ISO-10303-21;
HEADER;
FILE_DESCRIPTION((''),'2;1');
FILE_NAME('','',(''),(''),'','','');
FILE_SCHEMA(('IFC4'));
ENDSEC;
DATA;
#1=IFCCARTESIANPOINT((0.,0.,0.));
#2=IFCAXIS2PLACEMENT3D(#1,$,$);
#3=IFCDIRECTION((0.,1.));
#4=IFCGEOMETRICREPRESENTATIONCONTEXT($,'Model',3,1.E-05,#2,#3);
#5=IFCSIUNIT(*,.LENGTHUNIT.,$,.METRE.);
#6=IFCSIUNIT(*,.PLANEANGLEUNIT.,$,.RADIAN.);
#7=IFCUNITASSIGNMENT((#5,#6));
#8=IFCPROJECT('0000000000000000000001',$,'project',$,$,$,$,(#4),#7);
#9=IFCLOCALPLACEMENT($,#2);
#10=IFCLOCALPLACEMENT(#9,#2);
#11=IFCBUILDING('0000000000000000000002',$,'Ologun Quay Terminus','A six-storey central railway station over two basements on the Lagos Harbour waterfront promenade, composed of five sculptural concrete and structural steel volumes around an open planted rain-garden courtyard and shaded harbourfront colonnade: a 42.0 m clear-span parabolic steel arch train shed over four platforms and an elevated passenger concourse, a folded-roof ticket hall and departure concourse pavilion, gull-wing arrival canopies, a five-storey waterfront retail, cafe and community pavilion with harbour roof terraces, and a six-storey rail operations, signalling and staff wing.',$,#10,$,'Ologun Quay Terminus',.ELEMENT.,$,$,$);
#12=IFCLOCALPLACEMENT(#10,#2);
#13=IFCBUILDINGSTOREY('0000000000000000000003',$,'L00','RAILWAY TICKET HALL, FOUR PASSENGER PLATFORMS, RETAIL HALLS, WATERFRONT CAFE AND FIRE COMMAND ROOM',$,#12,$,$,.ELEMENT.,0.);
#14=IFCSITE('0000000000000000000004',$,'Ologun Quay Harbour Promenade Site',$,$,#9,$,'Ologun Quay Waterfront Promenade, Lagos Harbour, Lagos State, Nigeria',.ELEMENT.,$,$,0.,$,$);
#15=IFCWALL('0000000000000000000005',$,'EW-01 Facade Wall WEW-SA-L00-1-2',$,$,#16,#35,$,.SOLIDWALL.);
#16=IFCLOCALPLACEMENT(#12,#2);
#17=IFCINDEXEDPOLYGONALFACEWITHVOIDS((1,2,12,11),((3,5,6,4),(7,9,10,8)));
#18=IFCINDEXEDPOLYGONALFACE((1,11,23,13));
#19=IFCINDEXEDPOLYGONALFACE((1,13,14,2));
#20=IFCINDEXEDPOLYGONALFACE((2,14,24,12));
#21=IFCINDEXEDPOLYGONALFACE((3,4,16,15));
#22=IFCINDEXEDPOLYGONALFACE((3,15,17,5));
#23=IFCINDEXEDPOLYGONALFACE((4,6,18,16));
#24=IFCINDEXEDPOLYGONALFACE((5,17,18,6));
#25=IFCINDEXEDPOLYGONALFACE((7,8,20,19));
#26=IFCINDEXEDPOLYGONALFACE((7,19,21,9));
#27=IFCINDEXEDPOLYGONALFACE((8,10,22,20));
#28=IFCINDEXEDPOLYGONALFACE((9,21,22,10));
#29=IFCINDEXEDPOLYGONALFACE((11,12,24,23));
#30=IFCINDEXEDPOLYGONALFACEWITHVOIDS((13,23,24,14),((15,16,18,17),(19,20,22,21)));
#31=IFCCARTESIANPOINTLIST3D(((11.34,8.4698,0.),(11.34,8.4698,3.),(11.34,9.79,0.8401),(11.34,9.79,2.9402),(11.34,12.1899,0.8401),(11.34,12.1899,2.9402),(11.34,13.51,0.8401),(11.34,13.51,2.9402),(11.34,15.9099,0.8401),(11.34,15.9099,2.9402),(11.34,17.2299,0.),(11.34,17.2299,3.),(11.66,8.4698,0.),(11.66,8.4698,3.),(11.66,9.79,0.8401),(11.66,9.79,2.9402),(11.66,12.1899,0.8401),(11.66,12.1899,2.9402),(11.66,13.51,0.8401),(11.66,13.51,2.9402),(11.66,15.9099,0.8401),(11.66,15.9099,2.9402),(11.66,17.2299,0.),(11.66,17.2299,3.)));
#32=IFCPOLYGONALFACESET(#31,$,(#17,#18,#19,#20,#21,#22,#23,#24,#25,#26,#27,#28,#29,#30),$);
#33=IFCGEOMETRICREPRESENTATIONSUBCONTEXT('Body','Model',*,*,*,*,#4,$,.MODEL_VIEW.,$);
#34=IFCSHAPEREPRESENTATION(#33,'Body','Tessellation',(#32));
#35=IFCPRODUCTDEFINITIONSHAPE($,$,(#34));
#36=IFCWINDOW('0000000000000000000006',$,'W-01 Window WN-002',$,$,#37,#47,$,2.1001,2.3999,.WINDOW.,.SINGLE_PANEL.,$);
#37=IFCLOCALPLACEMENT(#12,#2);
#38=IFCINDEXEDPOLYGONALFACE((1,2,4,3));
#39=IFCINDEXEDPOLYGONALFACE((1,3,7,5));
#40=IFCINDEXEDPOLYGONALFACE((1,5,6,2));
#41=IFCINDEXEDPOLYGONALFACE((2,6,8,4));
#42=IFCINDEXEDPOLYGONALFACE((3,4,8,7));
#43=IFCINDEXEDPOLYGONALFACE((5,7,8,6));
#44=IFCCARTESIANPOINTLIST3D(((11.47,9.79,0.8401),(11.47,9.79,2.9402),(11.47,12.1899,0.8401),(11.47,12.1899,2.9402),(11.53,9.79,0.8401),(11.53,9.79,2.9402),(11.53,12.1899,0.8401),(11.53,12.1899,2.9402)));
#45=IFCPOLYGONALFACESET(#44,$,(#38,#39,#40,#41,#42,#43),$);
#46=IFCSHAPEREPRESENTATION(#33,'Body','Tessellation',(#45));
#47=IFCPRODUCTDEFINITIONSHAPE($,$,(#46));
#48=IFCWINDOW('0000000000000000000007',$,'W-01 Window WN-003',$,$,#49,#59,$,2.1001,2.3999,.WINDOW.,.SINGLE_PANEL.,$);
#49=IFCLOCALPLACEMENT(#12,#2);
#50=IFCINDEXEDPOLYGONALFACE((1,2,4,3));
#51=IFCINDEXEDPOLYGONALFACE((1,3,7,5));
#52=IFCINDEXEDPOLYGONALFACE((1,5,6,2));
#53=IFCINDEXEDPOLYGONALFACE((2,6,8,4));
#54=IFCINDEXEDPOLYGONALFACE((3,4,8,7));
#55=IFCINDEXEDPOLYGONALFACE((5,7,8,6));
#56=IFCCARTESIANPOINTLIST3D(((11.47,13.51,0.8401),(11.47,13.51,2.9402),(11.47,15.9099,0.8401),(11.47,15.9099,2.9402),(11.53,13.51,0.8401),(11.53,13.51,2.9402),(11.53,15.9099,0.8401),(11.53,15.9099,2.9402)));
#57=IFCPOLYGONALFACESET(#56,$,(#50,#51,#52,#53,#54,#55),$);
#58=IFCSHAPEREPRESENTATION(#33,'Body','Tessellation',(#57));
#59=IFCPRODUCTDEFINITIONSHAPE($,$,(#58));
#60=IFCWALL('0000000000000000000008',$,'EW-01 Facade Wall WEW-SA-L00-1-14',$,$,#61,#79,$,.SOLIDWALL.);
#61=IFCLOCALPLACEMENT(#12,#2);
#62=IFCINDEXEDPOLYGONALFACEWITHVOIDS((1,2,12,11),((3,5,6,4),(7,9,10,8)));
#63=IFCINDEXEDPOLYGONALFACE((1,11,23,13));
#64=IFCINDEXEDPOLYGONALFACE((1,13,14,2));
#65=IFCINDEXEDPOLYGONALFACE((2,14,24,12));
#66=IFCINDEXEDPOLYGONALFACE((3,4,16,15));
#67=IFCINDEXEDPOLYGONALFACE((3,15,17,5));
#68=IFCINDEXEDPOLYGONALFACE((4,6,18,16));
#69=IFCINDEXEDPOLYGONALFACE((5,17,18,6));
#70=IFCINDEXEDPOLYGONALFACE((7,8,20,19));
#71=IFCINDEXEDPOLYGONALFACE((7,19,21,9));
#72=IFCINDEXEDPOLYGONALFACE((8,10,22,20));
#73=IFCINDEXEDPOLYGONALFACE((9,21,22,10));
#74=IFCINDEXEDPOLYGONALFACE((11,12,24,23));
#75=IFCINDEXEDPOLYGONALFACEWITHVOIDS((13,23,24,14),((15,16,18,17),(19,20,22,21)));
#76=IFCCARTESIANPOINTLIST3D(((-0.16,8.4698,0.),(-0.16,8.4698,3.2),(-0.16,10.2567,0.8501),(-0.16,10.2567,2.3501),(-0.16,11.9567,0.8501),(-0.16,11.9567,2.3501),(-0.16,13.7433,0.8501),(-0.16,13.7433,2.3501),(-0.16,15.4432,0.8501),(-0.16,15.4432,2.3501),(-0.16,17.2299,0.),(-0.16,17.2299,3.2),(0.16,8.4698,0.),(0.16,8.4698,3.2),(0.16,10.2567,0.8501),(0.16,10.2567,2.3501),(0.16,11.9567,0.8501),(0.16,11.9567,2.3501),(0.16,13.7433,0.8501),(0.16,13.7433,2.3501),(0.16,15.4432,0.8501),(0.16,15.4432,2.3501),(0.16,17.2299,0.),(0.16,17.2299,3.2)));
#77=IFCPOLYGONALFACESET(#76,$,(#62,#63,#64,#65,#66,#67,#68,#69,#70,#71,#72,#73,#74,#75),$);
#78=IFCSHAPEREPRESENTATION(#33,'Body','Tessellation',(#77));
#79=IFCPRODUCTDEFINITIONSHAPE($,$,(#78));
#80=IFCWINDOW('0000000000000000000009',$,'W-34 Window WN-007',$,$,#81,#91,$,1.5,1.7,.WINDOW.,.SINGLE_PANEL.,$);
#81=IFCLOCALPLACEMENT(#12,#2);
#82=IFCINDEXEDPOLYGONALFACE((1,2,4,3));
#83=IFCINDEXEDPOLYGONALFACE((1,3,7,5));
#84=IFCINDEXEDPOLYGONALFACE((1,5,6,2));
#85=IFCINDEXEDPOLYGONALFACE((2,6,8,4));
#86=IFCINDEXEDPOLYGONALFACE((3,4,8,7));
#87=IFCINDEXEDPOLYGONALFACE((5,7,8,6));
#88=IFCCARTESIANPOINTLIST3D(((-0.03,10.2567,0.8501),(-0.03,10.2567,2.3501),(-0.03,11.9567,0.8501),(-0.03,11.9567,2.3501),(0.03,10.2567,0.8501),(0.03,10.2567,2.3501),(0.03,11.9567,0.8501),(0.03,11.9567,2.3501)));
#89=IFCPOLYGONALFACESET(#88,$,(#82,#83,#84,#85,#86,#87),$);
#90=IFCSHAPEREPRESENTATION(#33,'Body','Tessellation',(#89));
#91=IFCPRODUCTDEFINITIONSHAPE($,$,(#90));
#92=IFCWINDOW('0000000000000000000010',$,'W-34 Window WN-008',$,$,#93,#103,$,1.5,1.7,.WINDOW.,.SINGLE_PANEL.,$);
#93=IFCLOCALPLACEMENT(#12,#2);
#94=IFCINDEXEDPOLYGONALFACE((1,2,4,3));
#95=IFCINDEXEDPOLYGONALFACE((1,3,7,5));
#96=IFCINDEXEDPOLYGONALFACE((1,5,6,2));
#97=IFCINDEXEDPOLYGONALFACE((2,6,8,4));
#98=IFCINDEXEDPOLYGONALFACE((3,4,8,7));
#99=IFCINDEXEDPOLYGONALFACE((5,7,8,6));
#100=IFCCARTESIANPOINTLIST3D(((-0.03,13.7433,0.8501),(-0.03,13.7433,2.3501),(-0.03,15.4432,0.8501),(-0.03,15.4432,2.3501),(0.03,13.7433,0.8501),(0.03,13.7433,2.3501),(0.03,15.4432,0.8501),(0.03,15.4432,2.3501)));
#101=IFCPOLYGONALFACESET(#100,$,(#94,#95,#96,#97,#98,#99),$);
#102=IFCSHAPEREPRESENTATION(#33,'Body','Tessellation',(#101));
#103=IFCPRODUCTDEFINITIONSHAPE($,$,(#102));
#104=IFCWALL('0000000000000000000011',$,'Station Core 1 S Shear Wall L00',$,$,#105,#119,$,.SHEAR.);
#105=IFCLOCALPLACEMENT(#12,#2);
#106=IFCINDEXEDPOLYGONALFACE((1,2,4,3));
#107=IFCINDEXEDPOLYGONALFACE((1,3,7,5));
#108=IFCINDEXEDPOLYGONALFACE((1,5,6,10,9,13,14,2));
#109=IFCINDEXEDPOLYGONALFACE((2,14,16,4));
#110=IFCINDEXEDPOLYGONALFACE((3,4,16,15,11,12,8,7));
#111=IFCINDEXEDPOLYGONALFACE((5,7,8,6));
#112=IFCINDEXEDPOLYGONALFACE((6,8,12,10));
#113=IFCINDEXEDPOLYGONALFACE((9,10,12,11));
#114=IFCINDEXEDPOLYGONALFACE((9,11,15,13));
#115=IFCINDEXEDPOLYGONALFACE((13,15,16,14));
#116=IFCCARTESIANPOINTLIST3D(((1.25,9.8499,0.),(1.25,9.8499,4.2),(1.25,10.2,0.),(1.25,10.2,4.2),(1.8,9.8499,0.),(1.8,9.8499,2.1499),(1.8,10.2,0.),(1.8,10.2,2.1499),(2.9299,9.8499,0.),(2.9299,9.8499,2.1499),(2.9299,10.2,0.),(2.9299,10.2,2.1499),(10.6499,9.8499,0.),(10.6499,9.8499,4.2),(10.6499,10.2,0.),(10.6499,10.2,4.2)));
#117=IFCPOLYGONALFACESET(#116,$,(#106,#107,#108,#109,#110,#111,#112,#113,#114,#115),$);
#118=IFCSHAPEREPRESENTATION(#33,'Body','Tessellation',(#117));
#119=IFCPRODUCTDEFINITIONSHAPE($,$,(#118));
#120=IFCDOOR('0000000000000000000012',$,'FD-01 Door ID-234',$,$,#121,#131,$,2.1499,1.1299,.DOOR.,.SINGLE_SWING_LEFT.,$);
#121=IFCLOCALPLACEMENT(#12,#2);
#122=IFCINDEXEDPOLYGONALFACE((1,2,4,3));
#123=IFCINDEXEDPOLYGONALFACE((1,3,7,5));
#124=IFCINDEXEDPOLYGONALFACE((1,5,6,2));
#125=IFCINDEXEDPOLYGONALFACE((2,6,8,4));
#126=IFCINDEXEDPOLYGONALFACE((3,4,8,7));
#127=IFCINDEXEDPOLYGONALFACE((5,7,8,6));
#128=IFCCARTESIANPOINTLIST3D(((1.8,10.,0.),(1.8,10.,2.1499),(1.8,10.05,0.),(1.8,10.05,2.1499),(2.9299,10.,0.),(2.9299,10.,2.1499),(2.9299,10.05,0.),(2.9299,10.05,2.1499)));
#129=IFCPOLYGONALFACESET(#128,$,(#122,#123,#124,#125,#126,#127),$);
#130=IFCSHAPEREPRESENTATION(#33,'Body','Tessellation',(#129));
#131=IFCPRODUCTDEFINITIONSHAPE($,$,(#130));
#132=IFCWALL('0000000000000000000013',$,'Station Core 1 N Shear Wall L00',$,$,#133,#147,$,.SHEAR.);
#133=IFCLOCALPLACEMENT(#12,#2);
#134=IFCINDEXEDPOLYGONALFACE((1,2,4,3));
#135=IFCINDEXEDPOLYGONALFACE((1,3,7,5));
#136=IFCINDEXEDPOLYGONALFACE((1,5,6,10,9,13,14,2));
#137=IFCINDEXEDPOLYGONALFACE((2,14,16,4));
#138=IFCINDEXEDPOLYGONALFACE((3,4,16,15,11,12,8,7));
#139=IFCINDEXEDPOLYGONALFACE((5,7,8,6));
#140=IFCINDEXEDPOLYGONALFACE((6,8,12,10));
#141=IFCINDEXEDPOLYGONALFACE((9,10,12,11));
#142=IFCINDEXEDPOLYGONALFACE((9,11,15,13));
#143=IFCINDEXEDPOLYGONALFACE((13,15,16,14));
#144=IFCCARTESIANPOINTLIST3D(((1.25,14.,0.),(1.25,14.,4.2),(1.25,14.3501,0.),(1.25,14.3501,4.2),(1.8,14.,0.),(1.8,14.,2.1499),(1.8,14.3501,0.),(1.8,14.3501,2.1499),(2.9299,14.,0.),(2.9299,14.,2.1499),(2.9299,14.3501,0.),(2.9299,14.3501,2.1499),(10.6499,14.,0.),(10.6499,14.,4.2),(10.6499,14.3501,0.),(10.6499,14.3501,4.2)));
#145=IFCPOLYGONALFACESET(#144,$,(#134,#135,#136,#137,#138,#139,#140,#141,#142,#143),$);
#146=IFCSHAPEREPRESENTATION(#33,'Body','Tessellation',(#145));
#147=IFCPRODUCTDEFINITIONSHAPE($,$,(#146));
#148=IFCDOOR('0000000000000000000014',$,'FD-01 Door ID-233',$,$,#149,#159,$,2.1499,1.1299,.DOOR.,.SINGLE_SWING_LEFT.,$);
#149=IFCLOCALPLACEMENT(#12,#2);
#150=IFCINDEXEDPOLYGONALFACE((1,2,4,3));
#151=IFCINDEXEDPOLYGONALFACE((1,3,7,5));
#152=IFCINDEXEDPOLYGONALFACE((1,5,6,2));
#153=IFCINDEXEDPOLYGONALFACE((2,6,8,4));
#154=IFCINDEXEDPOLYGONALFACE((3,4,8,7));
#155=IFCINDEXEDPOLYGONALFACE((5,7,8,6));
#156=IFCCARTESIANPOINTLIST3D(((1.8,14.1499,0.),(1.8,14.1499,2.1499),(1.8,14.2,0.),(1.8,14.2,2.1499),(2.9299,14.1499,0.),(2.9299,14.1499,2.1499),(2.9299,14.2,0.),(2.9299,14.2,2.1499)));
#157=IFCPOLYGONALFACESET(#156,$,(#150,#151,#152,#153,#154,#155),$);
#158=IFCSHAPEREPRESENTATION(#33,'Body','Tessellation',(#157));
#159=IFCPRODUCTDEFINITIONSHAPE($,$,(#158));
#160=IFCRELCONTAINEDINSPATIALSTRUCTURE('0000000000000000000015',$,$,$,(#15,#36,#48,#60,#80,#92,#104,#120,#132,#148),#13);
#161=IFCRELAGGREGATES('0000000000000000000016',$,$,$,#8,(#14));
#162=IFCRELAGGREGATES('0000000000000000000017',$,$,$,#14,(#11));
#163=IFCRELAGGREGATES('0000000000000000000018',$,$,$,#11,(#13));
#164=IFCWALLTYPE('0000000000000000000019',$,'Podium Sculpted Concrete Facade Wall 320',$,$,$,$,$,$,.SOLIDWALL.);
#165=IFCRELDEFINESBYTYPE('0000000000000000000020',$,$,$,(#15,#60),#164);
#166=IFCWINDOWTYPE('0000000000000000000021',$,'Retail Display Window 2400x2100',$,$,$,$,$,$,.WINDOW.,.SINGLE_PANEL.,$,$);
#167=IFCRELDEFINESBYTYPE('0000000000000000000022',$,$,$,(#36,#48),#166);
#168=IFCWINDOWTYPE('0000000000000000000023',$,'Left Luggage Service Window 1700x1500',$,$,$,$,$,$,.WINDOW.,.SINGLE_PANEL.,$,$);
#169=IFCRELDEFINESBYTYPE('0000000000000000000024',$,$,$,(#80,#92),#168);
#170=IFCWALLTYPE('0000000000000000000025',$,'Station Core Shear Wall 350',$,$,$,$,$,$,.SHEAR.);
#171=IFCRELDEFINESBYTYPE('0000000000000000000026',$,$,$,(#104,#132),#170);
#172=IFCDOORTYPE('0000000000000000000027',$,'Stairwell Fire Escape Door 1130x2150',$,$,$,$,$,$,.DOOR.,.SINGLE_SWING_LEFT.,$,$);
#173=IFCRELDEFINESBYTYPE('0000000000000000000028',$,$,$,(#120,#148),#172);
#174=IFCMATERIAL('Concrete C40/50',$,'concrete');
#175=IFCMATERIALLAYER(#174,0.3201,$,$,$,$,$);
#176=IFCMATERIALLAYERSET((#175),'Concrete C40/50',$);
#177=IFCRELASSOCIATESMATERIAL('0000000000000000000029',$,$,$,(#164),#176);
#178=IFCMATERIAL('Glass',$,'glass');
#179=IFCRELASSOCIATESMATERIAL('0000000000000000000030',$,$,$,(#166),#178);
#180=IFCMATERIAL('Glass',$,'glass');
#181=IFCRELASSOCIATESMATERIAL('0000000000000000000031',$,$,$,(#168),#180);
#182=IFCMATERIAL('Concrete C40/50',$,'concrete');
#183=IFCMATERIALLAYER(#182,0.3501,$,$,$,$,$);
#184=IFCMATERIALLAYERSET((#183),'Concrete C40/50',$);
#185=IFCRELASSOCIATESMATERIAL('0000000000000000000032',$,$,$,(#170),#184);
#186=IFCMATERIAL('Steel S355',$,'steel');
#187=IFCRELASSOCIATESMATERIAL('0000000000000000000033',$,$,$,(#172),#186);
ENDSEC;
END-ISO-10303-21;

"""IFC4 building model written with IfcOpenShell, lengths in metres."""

from ifc_helpers import new_model, si_unit, direction, frame, frame_2d, origin, place, context, subcontext, project, spatial, rectangle, extrude, material, layer, layer_set, type_object, element, fill, save


model = new_model("IFC4")

# Units and contexts
model_context = context("Model", 3, precision=1e-05, world=origin(), true_north=direction((0.0, 1.0)))
body_context = subcontext(model_context, "Body", "Model", "MODEL_VIEW")
ifc_project = project(units=[si_unit("LENGTHUNIT", "METRE"), si_unit("PLANEANGLEUNIT", "RADIAN")], contexts=[model_context])

# Site, building, storey
site_placement = place(None, origin())
site = spatial("IfcSite", under=ifc_project, at=site_placement, Name="Ologun Quay Harbour Promenade Site", LongName="Ologun Quay Waterfront Promenade, Lagos Harbour, Lagos State, Nigeria", CompositionType="ELEMENT", RefElevation=0.0)
building_placement = place(site_placement, origin())
building = spatial("IfcBuilding", under=site, at=building_placement, Name="Ologun Quay Terminus", Description="A six-storey central railway station over two basements on the Lagos Harbour waterfront promenade, composed of five sculptural concrete and structural steel volumes around an open planted rain-garden courtyard and shaded harbourfront colonnade: a 42.0 m clear-span parabolic steel arch train shed over four platforms and an elevated passenger concourse, a folded-roof ticket hall and departure concourse pavilion, gull-wing arrival canopies, a five-storey waterfront retail, cafe and community pavilion with harbour roof terraces, and a six-storey rail operations, signalling and staff wing.", LongName="Ologun Quay Terminus", CompositionType="ELEMENT")
storey_placement = place(building_placement, origin())
storey = spatial("IfcBuildingStorey", under=building, at=storey_placement, Name="L00", Description="RAILWAY TICKET HALL, FOUR PASSENGER PLATFORMS, RETAIL HALLS, WATERFRONT CAFE AND FIRE COMMAND ROOM", CompositionType="ELEMENT", Elevation=0.0)

# Walls, openings, windows
ifc_material_1 = material(Name="Concrete C40/50", Category="concrete")
ifc_layer_1 = layer(ifc_material_1, 0.3201)
ifc_layer_set_1 = layer_set([ifc_layer_1], Name="Concrete C40/50")
wall_type_1 = type_object("IfcWallType", Name="Podium Sculpted Concrete Facade Wall 320", PredefinedType="SOLIDWALL", material=ifc_layer_set_1)
wall_1_placement = place(storey_placement, frame((11.5, 8.47, 0.0), z_axis=(0.0, 0.0, 1.0), x_axis=(0.0, 1.0, 0.0)))
wall_1 = element("IfcWall", 1, at=wall_1_placement, inside=storey, type_object=wall_type_1, Name="EW-01 Facade Wall WEW-SA-L00-1-2", PredefinedType="SOLIDWALL", context=body_context, shape_type="SweptSolid", body=[
    extrude(rectangle(XDim=8.76, YDim=0.3201, at=frame_2d((4.3799, 0.0))), origin(), (0.0, 0.0, 1.0), 3.0),
])
opening_1_placement = place(wall_1_placement, frame((1.3201, 0.0, 0.8401)))
opening_1 = element("IfcOpeningElement", 2, at=opening_1_placement, cuts=wall_1, PredefinedType="OPENING", context=body_context, shape_type="SweptSolid", body=[
    extrude(rectangle(XDim=2.3999, YDim=2.1001, at=frame_2d((1.2, 1.05))), frame((0.0, 0.1699, 0.0), z_axis=(0.0, -1.0, 0.0), x_axis=(1.0, 0.0, 0.0)), (0.0, 0.0, 1.0), 0.3401),
])
opening_2_placement = place(wall_1_placement, frame((5.04, 0.0, 0.8401)))
opening_2 = element("IfcOpeningElement", 3, at=opening_2_placement, cuts=wall_1, PredefinedType="OPENING", context=body_context, shape_type="SweptSolid", body=[
    extrude(rectangle(XDim=2.3999, YDim=2.1001, at=frame_2d((1.2, 1.05))), frame((0.0, 0.1699, 0.0), z_axis=(0.0, -1.0, 0.0), x_axis=(1.0, 0.0, 0.0)), (0.0, 0.0, 1.0), 0.3401),
])
ifc_material_2 = material(Name="Glass", Category="glass")
window_type_1 = type_object("IfcWindowType", Name="Retail Display Window 2400x2100", PartitioningType="SINGLE_PANEL", PredefinedType="WINDOW", material=ifc_material_2)
window_1_placement = place(opening_1_placement, origin())
window_1 = element("IfcWindow", 4, at=window_1_placement, inside=storey, type_object=window_type_1, Name="W-01 Window WN-002", OverallHeight=2.1001, OverallWidth=2.3999, PartitioningType="SINGLE_PANEL", PredefinedType="WINDOW", context=body_context, shape_type="SweptSolid", body=[
    extrude(rectangle(XDim=2.3999, YDim=2.1001, at=frame_2d((1.2, 1.05))), frame((0.0, 0.03, 0.0), z_axis=(0.0, -1.0, 0.0), x_axis=(1.0, 0.0, 0.0)), (0.0, 0.0, 1.0), 0.0601),
])
fill(opening_1, window_1)
window_2_placement = place(opening_2_placement, origin())
window_2 = element("IfcWindow", 5, at=window_2_placement, inside=storey, type_object=window_type_1, Name="W-01 Window WN-003", OverallHeight=2.1001, OverallWidth=2.3999, PartitioningType="SINGLE_PANEL", PredefinedType="WINDOW", context=body_context, shape_type="SweptSolid", body=[
    extrude(rectangle(XDim=2.3999, YDim=2.1001, at=frame_2d((1.2, 1.05))), frame((0.0, 0.03, 0.0), z_axis=(0.0, -1.0, 0.0), x_axis=(1.0, 0.0, 0.0)), (0.0, 0.0, 1.0), 0.0601),
])
fill(opening_2, window_2)
wall_2_placement = place(storey_placement, frame((0.0, 8.47, 0.0), z_axis=(0.0, 0.0, 1.0), x_axis=(0.0, 1.0, 0.0)))
wall_2 = element("IfcWall", 6, at=wall_2_placement, inside=storey, type_object=wall_type_1, Name="EW-01 Facade Wall WEW-SA-L00-1-14", PredefinedType="SOLIDWALL", context=body_context, shape_type="SweptSolid", body=[
    extrude(rectangle(XDim=8.76, YDim=0.3201, at=frame_2d((4.3799, 0.0))), origin(), (0.0, 0.0, 1.0), 3.2),
])
opening_3_placement = place(wall_2_placement, frame((1.7866, 0.0, 0.8501)))
opening_3 = element("IfcOpeningElement", 7, at=opening_3_placement, cuts=wall_2, PredefinedType="OPENING", context=body_context, shape_type="SweptSolid", body=[
    extrude(rectangle(XDim=1.7, YDim=1.5, at=frame_2d((0.8501, 0.75))), frame((0.0, 0.1699, 0.0), z_axis=(0.0, -1.0, 0.0), x_axis=(1.0, 0.0, 0.0)), (0.0, 0.0, 1.0), 0.3401),
])
opening_4_placement = place(wall_2_placement, frame((5.2732, 0.0, 0.8501)))
opening_4 = element("IfcOpeningElement", 8, at=opening_4_placement, cuts=wall_2, PredefinedType="OPENING", context=body_context, shape_type="SweptSolid", body=[
    extrude(rectangle(XDim=1.7, YDim=1.5, at=frame_2d((0.8501, 0.75))), frame((0.0, 0.1699, 0.0), z_axis=(0.0, -1.0, 0.0), x_axis=(1.0, 0.0, 0.0)), (0.0, 0.0, 1.0), 0.3401),
])
ifc_material_3 = material(Name="Glass", Category="glass")
window_type_2 = type_object("IfcWindowType", Name="Left Luggage Service Window 1700x1500", PartitioningType="SINGLE_PANEL", PredefinedType="WINDOW", material=ifc_material_3)
window_3_placement = place(opening_3_placement, origin())
window_3 = element("IfcWindow", 9, at=window_3_placement, inside=storey, type_object=window_type_2, Name="W-34 Window WN-007", OverallHeight=1.5, OverallWidth=1.7, PartitioningType="SINGLE_PANEL", PredefinedType="WINDOW", context=body_context, shape_type="SweptSolid", body=[
    extrude(rectangle(XDim=1.7, YDim=1.5, at=frame_2d((0.8501, 0.75))), frame((0.0, 0.03, 0.0), z_axis=(0.0, -1.0, 0.0), x_axis=(1.0, 0.0, 0.0)), (0.0, 0.0, 1.0), 0.0601),
])
fill(opening_3, window_3)
window_4_placement = place(opening_4_placement, origin())
window_4 = element("IfcWindow", 10, at=window_4_placement, inside=storey, type_object=window_type_2, Name="W-34 Window WN-008", OverallHeight=1.5, OverallWidth=1.7, PartitioningType="SINGLE_PANEL", PredefinedType="WINDOW", context=body_context, shape_type="SweptSolid", body=[
    extrude(rectangle(XDim=1.7, YDim=1.5, at=frame_2d((0.8501, 0.75))), frame((0.0, 0.03, 0.0), z_axis=(0.0, -1.0, 0.0), x_axis=(1.0, 0.0, 0.0)), (0.0, 0.0, 1.0), 0.0601),
])
fill(opening_4, window_4)

# Walls, openings, doors
ifc_material_4 = material(Name="Concrete C40/50", Category="concrete")
ifc_layer_2 = layer(ifc_material_4, 0.3501)
ifc_layer_set_2 = layer_set([ifc_layer_2], Name="Concrete C40/50")
wall_type_2 = type_object("IfcWallType", Name="Station Core Shear Wall 350", PredefinedType="SHEAR", material=ifc_layer_set_2)
wall_3_placement = place(storey_placement, frame((1.25, 10.0249, 0.0), z_axis=(0.0, 0.0, 1.0), x_axis=(1.0, 0.0, 0.0)))
wall_3 = element("IfcWall", 11, at=wall_3_placement, inside=storey, type_object=wall_type_2, Name="Station Core 1 S Shear Wall L00", PredefinedType="SHEAR", context=body_context, shape_type="SweptSolid", body=[
    extrude(rectangle(XDim=9.3999, YDim=0.3501, at=frame_2d((4.7, 0.0))), origin(), (0.0, 0.0, 1.0), 4.2),
])
opening_5_placement = place(wall_3_placement, frame((0.55, 0.0, 0.0)))
opening_5 = element("IfcOpeningElement", 12, at=opening_5_placement, cuts=wall_3, PredefinedType="OPENING", context=body_context, shape_type="SweptSolid", body=[
    extrude(rectangle(XDim=1.1299, YDim=2.1499, at=frame_2d((0.5649, 1.075))), frame((0.0, 0.1851, 0.0), z_axis=(0.0, -1.0, 0.0), x_axis=(1.0, 0.0, 0.0)), (0.0, 0.0, 1.0), 0.3701),
])
ifc_material_5 = material(Name="Steel S355", Category="steel")
door_type = type_object("IfcDoorType", Name="Stairwell Fire Escape Door 1130x2150", OperationType="SINGLE_SWING_LEFT", PredefinedType="DOOR", material=ifc_material_5)
door_1_placement = place(opening_5_placement, frame((0.5649, 0.0, 0.0), z_axis=(0.0, 0.0, 1.0), x_axis=(-1.0, 0.0, 0.0)))
door_1 = element("IfcDoor", 13, at=door_1_placement, inside=storey, type_object=door_type, Name="FD-01 Door ID-234", OperationType="SINGLE_SWING_LEFT", OverallHeight=2.1499, OverallWidth=1.1299, PredefinedType="DOOR", context=body_context, shape_type="SweptSolid", body=[
    extrude(rectangle(XDim=1.1299, YDim=2.1499, at=frame_2d((0.0, 1.075))), frame((0.0, 0.0249, 0.0), z_axis=(0.0, -1.0, 0.0), x_axis=(1.0, 0.0, 0.0)), (0.0, 0.0, 1.0), 0.05),
])
fill(opening_5, door_1)
wall_4_placement = place(storey_placement, frame((1.25, 14.175, 0.0), z_axis=(0.0, 0.0, 1.0), x_axis=(1.0, 0.0, 0.0)))
wall_4 = element("IfcWall", 14, at=wall_4_placement, inside=storey, type_object=wall_type_2, Name="Station Core 1 N Shear Wall L00", PredefinedType="SHEAR", context=body_context, shape_type="SweptSolid", body=[
    extrude(rectangle(XDim=9.3999, YDim=0.3501, at=frame_2d((4.7, 0.0))), origin(), (0.0, 0.0, 1.0), 4.2),
])
opening_6_placement = place(wall_4_placement, frame((0.55, 0.0, 0.0)))
opening_6 = element("IfcOpeningElement", 15, at=opening_6_placement, cuts=wall_4, PredefinedType="OPENING", context=body_context, shape_type="SweptSolid", body=[
    extrude(rectangle(XDim=1.1299, YDim=2.1499, at=frame_2d((0.5649, 1.075))), frame((0.0, 0.1851, 0.0), z_axis=(0.0, -1.0, 0.0), x_axis=(1.0, 0.0, 0.0)), (0.0, 0.0, 1.0), 0.3701),
])
door_2_placement = place(opening_6_placement, origin())
door_2 = element("IfcDoor", 16, at=door_2_placement, inside=storey, type_object=door_type, Name="FD-01 Door ID-233", OperationType="SINGLE_SWING_LEFT", OverallHeight=2.1499, OverallWidth=1.1299, PredefinedType="DOOR", context=body_context, shape_type="SweptSolid", body=[
    extrude(rectangle(XDim=1.1299, YDim=2.1499, at=frame_2d((0.5649, 1.075))), frame((0.0, 0.0249, 0.0), z_axis=(0.0, -1.0, 0.0), x_axis=(1.0, 0.0, 0.0)), (0.0, 0.0, 1.0), 0.05),
])
fill(opening_6, door_2)

save(model, "model.ifc")
